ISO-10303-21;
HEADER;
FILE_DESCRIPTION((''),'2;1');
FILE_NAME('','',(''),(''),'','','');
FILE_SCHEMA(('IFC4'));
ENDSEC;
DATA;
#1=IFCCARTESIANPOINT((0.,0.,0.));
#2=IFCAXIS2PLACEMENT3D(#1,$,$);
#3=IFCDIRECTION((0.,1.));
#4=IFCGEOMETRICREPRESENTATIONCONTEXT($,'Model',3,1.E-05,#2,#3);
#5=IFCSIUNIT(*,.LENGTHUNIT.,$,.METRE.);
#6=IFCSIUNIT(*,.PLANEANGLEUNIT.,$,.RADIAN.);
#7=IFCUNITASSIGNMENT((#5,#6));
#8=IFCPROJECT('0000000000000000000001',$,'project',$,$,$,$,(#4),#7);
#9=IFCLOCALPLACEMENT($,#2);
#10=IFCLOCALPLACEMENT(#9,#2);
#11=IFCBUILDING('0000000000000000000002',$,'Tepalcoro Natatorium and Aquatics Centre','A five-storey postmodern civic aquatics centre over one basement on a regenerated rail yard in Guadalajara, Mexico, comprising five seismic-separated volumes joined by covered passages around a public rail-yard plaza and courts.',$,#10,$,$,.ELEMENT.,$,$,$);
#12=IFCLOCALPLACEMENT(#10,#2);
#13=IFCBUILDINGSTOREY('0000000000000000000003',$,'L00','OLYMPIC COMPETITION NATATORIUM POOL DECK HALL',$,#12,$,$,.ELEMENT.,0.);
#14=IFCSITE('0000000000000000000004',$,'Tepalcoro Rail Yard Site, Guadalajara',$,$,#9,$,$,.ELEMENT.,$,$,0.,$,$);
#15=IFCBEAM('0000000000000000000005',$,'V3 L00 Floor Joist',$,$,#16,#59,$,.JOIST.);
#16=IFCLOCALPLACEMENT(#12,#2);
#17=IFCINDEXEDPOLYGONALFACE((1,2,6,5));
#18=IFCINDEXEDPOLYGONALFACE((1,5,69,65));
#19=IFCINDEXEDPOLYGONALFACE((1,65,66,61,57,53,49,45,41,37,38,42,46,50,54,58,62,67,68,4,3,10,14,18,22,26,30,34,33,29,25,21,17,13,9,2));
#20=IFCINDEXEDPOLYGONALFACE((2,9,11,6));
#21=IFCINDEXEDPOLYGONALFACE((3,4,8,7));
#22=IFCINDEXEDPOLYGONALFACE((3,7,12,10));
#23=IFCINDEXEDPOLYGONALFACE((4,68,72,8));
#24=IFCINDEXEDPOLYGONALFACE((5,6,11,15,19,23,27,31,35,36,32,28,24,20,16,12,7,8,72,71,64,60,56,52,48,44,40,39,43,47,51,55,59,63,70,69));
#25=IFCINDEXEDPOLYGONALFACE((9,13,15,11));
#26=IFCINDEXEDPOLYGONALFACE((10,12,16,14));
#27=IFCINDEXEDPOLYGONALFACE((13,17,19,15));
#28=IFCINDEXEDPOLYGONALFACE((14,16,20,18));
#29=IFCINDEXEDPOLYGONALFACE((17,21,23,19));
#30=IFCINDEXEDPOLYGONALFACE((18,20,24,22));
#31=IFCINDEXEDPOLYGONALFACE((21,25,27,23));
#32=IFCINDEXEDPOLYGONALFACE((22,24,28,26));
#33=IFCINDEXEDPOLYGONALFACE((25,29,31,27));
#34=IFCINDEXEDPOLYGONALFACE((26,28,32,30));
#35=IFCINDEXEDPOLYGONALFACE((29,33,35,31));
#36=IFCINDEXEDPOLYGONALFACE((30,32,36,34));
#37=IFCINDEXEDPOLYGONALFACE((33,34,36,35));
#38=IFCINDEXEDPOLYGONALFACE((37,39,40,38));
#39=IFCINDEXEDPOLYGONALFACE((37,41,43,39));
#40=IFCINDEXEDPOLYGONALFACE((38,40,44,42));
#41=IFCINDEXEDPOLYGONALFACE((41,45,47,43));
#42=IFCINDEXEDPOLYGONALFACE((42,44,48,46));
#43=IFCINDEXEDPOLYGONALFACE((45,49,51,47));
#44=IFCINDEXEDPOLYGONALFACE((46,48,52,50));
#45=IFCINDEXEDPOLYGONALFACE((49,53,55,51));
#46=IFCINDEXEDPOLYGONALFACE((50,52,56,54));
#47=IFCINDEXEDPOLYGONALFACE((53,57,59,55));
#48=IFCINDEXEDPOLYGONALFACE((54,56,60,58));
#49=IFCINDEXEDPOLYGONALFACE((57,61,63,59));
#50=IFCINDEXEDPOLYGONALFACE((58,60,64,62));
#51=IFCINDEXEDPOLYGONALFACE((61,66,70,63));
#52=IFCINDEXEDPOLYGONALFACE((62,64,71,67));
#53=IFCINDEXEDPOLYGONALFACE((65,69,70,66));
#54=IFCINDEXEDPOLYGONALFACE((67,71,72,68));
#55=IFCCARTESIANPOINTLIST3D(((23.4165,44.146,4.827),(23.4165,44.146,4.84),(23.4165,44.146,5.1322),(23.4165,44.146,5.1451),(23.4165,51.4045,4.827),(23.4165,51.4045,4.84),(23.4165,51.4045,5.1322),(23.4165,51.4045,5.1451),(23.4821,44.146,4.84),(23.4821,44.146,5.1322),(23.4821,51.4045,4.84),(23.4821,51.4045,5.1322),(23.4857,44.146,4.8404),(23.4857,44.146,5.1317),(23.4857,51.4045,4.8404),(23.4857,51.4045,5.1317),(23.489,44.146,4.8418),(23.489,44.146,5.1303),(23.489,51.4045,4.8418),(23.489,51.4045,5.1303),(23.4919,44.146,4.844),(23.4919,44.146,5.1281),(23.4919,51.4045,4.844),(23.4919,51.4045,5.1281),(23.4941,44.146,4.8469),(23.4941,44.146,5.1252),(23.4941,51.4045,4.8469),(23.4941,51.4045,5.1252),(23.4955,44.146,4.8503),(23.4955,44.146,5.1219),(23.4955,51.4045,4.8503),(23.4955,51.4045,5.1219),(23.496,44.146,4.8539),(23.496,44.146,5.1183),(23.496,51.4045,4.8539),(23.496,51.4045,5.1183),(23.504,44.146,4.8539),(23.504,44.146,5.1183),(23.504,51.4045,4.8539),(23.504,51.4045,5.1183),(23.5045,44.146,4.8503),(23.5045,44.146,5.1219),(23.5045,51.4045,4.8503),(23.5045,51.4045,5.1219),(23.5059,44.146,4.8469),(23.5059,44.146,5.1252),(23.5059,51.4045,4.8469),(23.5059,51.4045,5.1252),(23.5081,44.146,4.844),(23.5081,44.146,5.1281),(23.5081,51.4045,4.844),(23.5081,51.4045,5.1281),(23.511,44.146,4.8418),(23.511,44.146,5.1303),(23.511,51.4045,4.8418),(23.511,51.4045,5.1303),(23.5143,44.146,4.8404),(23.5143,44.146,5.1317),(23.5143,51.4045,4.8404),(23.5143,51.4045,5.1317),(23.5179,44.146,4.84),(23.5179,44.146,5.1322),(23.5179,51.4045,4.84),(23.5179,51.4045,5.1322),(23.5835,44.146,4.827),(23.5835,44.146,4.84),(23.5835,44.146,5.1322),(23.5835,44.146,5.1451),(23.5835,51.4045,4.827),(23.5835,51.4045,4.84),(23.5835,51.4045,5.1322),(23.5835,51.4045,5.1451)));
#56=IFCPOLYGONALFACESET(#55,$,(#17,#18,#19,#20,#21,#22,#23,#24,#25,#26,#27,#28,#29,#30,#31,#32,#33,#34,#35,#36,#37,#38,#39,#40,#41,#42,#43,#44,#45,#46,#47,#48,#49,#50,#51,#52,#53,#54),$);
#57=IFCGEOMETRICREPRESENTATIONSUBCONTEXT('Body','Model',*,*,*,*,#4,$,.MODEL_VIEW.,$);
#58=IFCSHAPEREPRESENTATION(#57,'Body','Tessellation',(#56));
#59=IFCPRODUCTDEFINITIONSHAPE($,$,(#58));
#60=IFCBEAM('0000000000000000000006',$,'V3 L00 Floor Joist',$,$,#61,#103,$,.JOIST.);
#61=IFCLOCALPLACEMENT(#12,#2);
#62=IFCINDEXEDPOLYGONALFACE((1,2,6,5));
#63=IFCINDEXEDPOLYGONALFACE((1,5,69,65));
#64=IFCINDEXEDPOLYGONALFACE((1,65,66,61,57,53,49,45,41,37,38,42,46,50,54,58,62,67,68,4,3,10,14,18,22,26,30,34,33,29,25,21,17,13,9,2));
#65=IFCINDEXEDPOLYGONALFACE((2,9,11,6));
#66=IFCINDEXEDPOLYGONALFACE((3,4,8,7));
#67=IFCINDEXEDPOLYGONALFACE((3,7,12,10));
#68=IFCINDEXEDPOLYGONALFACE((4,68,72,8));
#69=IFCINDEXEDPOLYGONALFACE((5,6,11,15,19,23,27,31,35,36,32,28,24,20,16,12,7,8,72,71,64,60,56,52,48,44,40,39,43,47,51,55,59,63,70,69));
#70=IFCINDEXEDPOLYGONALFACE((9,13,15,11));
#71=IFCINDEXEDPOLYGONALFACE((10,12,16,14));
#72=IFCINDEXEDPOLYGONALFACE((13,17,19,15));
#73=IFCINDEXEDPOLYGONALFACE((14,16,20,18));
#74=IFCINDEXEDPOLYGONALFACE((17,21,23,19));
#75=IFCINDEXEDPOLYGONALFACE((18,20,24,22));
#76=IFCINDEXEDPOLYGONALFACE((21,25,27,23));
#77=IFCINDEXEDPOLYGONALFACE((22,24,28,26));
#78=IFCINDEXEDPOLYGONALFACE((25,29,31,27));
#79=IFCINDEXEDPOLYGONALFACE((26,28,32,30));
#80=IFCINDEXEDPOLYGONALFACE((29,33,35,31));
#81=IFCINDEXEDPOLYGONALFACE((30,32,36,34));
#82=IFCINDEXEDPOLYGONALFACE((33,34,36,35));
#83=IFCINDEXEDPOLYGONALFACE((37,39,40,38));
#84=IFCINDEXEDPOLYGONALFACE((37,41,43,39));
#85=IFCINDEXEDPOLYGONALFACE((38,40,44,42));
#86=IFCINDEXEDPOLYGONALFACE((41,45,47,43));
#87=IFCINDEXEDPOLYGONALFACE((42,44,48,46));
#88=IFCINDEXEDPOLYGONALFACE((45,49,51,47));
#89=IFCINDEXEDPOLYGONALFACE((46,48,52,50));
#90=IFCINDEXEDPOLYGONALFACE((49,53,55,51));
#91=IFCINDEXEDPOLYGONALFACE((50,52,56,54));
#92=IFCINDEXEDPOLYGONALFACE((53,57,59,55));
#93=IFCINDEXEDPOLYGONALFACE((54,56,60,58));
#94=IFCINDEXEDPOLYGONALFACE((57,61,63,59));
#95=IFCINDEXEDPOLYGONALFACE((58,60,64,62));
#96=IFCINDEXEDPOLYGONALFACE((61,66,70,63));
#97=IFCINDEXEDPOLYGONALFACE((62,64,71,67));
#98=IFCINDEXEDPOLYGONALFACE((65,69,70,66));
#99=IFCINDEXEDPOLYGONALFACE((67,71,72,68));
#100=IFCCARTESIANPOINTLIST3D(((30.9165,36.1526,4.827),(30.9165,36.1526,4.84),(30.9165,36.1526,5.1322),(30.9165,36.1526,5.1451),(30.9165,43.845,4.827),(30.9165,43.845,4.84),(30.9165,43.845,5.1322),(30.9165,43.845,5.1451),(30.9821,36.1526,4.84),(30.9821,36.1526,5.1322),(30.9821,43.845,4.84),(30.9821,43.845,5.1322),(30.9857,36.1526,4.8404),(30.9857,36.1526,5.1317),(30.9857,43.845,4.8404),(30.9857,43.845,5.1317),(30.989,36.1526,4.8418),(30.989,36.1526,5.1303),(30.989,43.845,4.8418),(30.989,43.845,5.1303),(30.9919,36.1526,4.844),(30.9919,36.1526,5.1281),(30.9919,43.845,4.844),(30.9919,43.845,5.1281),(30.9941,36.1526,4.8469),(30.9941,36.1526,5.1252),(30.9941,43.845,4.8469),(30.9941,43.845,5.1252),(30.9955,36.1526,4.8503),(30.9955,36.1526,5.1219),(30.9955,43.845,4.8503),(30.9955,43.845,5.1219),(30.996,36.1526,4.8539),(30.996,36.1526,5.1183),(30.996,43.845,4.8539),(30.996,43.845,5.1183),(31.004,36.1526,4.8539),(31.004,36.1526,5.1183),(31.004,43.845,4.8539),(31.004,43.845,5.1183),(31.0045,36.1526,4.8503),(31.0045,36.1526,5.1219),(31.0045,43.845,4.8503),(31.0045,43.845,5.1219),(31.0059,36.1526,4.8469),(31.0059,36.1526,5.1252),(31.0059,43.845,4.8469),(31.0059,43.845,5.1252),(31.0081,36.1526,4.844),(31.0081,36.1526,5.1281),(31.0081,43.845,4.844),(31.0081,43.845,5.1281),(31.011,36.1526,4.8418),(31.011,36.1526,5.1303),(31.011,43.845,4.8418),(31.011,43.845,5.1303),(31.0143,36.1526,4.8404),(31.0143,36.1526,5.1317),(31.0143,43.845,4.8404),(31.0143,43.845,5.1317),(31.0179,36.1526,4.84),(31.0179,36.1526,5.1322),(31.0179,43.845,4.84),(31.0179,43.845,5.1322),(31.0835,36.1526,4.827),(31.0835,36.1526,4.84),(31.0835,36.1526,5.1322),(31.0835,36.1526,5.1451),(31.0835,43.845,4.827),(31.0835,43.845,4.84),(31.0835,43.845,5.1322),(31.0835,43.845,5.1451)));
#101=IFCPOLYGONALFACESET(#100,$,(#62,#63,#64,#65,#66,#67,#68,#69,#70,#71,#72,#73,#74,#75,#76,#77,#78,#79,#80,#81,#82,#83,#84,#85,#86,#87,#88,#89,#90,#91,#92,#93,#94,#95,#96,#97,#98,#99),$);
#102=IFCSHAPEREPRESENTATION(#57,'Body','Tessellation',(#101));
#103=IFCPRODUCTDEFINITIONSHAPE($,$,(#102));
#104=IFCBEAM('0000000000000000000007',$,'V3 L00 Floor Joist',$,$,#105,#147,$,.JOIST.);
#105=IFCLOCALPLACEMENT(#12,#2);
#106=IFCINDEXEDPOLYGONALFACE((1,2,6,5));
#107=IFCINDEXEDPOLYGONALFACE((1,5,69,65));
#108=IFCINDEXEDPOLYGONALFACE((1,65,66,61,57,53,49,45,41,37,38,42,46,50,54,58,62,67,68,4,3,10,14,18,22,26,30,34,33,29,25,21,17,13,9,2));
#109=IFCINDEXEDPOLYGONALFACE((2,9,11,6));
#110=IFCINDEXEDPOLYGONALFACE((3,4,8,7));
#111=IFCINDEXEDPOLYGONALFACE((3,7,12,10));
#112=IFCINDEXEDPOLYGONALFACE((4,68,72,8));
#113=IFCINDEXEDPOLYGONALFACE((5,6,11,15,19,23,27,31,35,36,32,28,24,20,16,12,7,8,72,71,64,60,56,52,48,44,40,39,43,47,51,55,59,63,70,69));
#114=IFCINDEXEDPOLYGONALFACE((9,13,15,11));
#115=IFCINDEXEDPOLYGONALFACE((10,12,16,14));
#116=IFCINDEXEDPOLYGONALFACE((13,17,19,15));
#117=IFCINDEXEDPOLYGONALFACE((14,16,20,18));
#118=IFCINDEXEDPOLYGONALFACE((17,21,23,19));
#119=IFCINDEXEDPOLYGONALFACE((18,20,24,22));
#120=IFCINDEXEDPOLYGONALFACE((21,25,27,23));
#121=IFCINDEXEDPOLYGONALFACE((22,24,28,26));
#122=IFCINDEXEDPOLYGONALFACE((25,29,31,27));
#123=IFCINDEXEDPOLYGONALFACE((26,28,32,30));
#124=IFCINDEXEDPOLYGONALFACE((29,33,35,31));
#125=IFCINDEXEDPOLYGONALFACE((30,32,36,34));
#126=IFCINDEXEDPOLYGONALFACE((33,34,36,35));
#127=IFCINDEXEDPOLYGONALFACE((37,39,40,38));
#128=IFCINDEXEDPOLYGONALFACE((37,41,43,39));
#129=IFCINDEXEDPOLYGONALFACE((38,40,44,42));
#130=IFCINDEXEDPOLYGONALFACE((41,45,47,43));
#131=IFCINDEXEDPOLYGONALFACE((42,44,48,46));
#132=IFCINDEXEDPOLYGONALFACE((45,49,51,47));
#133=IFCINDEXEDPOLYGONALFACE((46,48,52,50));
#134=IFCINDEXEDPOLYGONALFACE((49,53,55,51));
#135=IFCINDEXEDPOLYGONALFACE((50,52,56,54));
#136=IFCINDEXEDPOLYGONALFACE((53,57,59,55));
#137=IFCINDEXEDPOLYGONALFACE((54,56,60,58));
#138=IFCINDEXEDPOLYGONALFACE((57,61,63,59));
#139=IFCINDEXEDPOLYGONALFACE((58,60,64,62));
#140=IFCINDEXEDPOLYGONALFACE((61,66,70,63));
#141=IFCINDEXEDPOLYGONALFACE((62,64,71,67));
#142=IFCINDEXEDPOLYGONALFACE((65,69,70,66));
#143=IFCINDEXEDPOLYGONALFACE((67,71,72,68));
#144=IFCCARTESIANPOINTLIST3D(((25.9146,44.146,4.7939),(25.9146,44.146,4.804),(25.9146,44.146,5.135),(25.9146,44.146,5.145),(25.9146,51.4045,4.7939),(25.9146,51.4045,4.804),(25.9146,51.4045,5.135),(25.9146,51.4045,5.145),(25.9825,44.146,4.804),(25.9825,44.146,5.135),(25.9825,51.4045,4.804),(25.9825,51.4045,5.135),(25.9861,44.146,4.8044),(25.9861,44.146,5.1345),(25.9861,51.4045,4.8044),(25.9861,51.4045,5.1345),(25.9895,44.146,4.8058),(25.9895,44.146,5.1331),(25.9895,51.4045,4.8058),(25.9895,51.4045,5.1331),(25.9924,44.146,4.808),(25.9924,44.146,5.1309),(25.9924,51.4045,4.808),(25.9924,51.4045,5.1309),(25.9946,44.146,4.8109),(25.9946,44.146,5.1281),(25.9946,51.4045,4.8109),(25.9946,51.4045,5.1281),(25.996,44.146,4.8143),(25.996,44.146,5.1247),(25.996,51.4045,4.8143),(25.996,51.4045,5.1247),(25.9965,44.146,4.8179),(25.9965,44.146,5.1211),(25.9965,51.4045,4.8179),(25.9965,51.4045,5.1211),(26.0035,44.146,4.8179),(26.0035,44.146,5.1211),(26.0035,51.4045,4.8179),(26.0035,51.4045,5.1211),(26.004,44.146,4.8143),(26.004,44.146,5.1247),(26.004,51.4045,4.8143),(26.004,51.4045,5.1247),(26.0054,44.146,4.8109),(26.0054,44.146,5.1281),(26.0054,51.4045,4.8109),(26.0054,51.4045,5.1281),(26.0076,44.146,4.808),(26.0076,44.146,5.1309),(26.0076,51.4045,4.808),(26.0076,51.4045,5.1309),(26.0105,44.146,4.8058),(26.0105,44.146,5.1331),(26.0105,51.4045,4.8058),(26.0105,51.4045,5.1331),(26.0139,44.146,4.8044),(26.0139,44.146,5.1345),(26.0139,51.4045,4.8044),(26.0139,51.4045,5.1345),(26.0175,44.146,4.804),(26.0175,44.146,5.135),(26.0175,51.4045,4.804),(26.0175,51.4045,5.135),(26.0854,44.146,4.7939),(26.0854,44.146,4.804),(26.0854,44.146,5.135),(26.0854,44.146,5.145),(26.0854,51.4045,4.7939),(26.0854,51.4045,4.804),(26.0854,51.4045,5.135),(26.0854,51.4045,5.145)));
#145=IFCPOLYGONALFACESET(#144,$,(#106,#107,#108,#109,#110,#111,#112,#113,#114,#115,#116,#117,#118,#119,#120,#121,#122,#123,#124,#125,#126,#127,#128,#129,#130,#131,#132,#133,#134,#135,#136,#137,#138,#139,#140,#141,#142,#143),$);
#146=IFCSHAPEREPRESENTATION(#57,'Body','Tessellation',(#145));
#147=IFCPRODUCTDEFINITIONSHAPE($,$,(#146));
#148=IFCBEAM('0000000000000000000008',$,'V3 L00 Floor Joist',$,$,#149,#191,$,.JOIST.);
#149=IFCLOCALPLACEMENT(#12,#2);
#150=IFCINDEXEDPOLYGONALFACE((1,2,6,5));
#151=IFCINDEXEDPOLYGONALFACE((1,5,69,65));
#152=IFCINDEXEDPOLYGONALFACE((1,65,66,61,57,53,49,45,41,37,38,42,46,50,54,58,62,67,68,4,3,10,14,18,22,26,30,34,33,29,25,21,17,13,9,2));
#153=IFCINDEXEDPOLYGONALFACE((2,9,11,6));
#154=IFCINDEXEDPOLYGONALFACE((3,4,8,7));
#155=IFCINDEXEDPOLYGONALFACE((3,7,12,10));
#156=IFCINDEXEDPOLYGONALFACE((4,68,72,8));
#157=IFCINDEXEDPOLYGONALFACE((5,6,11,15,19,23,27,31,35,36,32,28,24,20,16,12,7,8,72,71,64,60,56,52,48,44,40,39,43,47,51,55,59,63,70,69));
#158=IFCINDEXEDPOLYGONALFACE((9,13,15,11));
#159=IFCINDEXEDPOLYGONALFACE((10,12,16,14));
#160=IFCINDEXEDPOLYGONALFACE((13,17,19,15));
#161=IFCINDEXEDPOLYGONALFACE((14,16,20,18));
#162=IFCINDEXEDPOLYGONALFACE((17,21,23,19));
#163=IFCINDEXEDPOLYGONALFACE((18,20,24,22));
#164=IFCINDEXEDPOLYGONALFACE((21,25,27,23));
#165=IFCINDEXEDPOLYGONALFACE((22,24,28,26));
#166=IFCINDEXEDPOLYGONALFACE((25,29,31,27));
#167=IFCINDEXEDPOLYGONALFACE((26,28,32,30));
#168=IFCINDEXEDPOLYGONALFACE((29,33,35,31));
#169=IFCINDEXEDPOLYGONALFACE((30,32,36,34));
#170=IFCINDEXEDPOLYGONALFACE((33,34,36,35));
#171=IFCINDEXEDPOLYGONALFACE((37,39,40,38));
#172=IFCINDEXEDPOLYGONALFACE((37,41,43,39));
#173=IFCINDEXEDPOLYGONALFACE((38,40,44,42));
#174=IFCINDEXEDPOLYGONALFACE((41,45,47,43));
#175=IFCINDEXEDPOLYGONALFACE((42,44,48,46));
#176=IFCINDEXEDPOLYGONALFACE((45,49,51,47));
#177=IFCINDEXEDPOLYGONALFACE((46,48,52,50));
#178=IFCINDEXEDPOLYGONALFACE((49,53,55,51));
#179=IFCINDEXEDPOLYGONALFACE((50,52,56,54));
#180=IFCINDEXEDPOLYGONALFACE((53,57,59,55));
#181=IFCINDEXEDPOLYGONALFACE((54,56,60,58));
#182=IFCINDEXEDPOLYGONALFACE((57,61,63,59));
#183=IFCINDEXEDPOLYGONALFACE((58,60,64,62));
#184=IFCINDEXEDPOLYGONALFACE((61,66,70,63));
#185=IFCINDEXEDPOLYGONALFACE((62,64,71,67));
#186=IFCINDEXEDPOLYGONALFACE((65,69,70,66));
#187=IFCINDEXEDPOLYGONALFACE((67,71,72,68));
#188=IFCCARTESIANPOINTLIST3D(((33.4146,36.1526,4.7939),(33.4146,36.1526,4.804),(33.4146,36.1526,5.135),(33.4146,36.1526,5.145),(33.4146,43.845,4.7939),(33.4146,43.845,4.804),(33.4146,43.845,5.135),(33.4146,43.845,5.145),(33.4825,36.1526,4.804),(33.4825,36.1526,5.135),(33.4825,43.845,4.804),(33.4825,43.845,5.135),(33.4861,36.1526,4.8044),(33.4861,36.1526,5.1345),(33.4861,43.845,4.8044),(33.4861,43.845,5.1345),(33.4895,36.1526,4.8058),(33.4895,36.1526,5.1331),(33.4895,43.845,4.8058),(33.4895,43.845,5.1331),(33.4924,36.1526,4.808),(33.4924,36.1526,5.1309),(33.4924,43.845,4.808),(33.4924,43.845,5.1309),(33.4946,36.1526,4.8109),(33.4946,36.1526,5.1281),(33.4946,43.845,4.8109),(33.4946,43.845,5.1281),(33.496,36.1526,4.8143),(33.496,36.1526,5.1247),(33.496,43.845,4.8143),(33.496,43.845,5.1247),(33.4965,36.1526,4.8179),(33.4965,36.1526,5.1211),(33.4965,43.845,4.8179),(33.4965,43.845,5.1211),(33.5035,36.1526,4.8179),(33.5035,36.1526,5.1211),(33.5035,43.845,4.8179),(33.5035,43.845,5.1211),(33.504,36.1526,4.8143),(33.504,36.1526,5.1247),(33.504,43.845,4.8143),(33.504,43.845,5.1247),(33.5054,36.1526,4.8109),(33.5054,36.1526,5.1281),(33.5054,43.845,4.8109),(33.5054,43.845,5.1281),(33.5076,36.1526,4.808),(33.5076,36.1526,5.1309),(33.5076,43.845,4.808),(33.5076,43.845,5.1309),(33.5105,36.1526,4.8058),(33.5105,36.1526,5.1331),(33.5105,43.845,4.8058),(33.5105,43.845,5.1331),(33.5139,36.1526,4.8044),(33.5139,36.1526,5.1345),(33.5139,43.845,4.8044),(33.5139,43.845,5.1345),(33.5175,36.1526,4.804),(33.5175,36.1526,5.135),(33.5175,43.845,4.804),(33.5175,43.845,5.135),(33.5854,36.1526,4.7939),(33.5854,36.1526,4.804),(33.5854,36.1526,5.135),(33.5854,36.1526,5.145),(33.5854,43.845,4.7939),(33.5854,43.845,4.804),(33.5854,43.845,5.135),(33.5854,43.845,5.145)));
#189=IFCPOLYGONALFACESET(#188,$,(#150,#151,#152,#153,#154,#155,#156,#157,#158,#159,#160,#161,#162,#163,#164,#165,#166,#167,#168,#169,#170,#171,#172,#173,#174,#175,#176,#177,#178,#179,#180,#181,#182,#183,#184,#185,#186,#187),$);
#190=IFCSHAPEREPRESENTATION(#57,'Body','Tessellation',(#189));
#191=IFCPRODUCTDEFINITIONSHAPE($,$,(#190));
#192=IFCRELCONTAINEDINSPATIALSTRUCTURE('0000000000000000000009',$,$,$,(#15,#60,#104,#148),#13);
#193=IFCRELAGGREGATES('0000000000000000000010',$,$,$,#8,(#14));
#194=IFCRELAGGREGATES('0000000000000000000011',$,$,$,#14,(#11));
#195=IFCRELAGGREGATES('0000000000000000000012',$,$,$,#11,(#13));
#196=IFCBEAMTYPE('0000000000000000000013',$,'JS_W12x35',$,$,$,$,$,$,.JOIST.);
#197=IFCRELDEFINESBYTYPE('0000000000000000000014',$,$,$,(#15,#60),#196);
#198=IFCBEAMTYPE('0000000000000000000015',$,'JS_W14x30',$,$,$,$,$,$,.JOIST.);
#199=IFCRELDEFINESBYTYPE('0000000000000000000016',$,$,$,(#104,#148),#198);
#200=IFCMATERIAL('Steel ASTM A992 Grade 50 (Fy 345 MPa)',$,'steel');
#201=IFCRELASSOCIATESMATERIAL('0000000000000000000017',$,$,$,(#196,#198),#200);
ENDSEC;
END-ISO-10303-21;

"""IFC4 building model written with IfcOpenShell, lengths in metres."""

from ifc_helpers import new_model, si_unit, direction, frame, origin, origin_2d, place, context, subcontext, project, spatial, i_section, extrude, material, material_profile, profile_set, type_object, element, save


model = new_model("IFC4")

# Units and contexts
model_context = context("Model", 3, precision=1e-05, world=origin(), true_north=direction((0.0, 1.0)))
body_context = subcontext(model_context, "Body", "Model", "MODEL_VIEW")
ifc_project = project(units=[si_unit("LENGTHUNIT", "METRE"), si_unit("PLANEANGLEUNIT", "RADIAN")], contexts=[model_context])

# Site, building, storey
site_placement = place(None, origin())
site = spatial("IfcSite", under=ifc_project, at=site_placement, Name="Tepalcoro Rail Yard Site, Guadalajara", CompositionType="ELEMENT", RefElevation=0.0)
building_placement = place(site_placement, origin())
building = spatial("IfcBuilding", under=site, at=building_placement, Name="Tepalcoro Natatorium and Aquatics Centre", Description="A five-storey postmodern civic aquatics centre over one basement on a regenerated rail yard in Guadalajara, Mexico, comprising five seismic-separated volumes joined by covered passages around a public rail-yard plaza and courts.", CompositionType="ELEMENT")
storey_placement = place(building_placement, origin())
storey = spatial("IfcBuildingStorey", under=building, at=storey_placement, Name="L00", Description="OLYMPIC COMPETITION NATATORIUM POOL DECK HALL", CompositionType="ELEMENT", Elevation=0.0)

# Shared definitions
ifc_material_1 = material(Name="Steel ASTM A992 Grade 50 (Fy 345 MPa)", Category="steel")

# Beams
ifc_material_profile_1 = material_profile(ifc_material_1, i_section(OverallWidth=0.167, OverallDepth=0.3181, WebThickness=0.0081, FlangeThickness=0.0129, FilletRadius=0.0139, at=origin_2d()), Name="W12X35")
ifc_profile_set_1 = profile_set([ifc_material_profile_1], Name="Steel ASTM A992 Grade 50 (Fy 345 MPa)")
beam_type_1 = type_object("IfcBeamType", Name="JS_W12x35", PredefinedType="JOIST", material=ifc_profile_set_1)
beam_1_placement = place(storey_placement, frame((23.5, 44.146, 4.9861), z_axis=(0.0, 1.0, 0.0), x_axis=(-1.0, 0.0, 0.0)))
element("IfcBeam", 1, at=beam_1_placement, inside=storey, type_object=beam_type_1, Name="V3 L00 Floor Joist", PredefinedType="JOIST", context=body_context, shape_type="SweptSolid", body=[
    extrude(i_section(OverallWidth=0.167, OverallDepth=0.3181, WebThickness=0.0081, FlangeThickness=0.0129, FilletRadius=0.0139, at=origin_2d()), origin(), (0.0, 0.0, 1.0), 7.2585),
])
beam_2_placement = place(storey_placement, frame((31.0, 36.1526, 4.9861), z_axis=(0.0, 1.0, 0.0), x_axis=(-1.0, 0.0, 0.0)))
element("IfcBeam", 2, at=beam_2_placement, inside=storey, type_object=beam_type_1, Name="V3 L00 Floor Joist", PredefinedType="JOIST", context=body_context, shape_type="SweptSolid", body=[
    extrude(i_section(OverallWidth=0.167, OverallDepth=0.3181, WebThickness=0.0081, FlangeThickness=0.0129, FilletRadius=0.0139, at=origin_2d()), origin(), (0.0, 0.0, 1.0), 7.6924),
])
ifc_material_profile_2 = material_profile(ifc_material_1, i_section(OverallWidth=0.1709, OverallDepth=0.3511, WebThickness=0.0071, FlangeThickness=0.01, FilletRadius=0.0139, at=origin_2d()), Name="W14X30")
ifc_profile_set_2 = profile_set([ifc_material_profile_2], Name="Steel ASTM A992 Grade 50 (Fy 345 MPa)")
beam_type_2 = type_object("IfcBeamType", Name="JS_W14x30", PredefinedType="JOIST", material=ifc_profile_set_2)
beam_3_placement = place(storey_placement, frame((26.0, 44.146, 4.9695), z_axis=(0.0, 1.0, 0.0), x_axis=(-1.0, 0.0, 0.0)))
element("IfcBeam", 3, at=beam_3_placement, inside=storey, type_object=beam_type_2, Name="V3 L00 Floor Joist", PredefinedType="JOIST", context=body_context, shape_type="SweptSolid", body=[
    extrude(i_section(OverallWidth=0.1709, OverallDepth=0.3511, WebThickness=0.0071, FlangeThickness=0.01, FilletRadius=0.0139, at=origin_2d()), origin(), (0.0, 0.0, 1.0), 7.2585),
])
beam_4_placement = place(storey_placement, frame((33.5, 36.1526, 4.9695), z_axis=(0.0, 1.0, 0.0), x_axis=(-1.0, 0.0, 0.0)))
element("IfcBeam", 4, at=beam_4_placement, inside=storey, type_object=beam_type_2, Name="V3 L00 Floor Joist", PredefinedType="JOIST", context=body_context, shape_type="SweptSolid", body=[
    extrude(i_section(OverallWidth=0.1709, OverallDepth=0.3511, WebThickness=0.0071, FlangeThickness=0.01, FilletRadius=0.0139, at=origin_2d()), origin(), (0.0, 0.0, 1.0), 7.6924),
])

save(model, "model.ifc")
